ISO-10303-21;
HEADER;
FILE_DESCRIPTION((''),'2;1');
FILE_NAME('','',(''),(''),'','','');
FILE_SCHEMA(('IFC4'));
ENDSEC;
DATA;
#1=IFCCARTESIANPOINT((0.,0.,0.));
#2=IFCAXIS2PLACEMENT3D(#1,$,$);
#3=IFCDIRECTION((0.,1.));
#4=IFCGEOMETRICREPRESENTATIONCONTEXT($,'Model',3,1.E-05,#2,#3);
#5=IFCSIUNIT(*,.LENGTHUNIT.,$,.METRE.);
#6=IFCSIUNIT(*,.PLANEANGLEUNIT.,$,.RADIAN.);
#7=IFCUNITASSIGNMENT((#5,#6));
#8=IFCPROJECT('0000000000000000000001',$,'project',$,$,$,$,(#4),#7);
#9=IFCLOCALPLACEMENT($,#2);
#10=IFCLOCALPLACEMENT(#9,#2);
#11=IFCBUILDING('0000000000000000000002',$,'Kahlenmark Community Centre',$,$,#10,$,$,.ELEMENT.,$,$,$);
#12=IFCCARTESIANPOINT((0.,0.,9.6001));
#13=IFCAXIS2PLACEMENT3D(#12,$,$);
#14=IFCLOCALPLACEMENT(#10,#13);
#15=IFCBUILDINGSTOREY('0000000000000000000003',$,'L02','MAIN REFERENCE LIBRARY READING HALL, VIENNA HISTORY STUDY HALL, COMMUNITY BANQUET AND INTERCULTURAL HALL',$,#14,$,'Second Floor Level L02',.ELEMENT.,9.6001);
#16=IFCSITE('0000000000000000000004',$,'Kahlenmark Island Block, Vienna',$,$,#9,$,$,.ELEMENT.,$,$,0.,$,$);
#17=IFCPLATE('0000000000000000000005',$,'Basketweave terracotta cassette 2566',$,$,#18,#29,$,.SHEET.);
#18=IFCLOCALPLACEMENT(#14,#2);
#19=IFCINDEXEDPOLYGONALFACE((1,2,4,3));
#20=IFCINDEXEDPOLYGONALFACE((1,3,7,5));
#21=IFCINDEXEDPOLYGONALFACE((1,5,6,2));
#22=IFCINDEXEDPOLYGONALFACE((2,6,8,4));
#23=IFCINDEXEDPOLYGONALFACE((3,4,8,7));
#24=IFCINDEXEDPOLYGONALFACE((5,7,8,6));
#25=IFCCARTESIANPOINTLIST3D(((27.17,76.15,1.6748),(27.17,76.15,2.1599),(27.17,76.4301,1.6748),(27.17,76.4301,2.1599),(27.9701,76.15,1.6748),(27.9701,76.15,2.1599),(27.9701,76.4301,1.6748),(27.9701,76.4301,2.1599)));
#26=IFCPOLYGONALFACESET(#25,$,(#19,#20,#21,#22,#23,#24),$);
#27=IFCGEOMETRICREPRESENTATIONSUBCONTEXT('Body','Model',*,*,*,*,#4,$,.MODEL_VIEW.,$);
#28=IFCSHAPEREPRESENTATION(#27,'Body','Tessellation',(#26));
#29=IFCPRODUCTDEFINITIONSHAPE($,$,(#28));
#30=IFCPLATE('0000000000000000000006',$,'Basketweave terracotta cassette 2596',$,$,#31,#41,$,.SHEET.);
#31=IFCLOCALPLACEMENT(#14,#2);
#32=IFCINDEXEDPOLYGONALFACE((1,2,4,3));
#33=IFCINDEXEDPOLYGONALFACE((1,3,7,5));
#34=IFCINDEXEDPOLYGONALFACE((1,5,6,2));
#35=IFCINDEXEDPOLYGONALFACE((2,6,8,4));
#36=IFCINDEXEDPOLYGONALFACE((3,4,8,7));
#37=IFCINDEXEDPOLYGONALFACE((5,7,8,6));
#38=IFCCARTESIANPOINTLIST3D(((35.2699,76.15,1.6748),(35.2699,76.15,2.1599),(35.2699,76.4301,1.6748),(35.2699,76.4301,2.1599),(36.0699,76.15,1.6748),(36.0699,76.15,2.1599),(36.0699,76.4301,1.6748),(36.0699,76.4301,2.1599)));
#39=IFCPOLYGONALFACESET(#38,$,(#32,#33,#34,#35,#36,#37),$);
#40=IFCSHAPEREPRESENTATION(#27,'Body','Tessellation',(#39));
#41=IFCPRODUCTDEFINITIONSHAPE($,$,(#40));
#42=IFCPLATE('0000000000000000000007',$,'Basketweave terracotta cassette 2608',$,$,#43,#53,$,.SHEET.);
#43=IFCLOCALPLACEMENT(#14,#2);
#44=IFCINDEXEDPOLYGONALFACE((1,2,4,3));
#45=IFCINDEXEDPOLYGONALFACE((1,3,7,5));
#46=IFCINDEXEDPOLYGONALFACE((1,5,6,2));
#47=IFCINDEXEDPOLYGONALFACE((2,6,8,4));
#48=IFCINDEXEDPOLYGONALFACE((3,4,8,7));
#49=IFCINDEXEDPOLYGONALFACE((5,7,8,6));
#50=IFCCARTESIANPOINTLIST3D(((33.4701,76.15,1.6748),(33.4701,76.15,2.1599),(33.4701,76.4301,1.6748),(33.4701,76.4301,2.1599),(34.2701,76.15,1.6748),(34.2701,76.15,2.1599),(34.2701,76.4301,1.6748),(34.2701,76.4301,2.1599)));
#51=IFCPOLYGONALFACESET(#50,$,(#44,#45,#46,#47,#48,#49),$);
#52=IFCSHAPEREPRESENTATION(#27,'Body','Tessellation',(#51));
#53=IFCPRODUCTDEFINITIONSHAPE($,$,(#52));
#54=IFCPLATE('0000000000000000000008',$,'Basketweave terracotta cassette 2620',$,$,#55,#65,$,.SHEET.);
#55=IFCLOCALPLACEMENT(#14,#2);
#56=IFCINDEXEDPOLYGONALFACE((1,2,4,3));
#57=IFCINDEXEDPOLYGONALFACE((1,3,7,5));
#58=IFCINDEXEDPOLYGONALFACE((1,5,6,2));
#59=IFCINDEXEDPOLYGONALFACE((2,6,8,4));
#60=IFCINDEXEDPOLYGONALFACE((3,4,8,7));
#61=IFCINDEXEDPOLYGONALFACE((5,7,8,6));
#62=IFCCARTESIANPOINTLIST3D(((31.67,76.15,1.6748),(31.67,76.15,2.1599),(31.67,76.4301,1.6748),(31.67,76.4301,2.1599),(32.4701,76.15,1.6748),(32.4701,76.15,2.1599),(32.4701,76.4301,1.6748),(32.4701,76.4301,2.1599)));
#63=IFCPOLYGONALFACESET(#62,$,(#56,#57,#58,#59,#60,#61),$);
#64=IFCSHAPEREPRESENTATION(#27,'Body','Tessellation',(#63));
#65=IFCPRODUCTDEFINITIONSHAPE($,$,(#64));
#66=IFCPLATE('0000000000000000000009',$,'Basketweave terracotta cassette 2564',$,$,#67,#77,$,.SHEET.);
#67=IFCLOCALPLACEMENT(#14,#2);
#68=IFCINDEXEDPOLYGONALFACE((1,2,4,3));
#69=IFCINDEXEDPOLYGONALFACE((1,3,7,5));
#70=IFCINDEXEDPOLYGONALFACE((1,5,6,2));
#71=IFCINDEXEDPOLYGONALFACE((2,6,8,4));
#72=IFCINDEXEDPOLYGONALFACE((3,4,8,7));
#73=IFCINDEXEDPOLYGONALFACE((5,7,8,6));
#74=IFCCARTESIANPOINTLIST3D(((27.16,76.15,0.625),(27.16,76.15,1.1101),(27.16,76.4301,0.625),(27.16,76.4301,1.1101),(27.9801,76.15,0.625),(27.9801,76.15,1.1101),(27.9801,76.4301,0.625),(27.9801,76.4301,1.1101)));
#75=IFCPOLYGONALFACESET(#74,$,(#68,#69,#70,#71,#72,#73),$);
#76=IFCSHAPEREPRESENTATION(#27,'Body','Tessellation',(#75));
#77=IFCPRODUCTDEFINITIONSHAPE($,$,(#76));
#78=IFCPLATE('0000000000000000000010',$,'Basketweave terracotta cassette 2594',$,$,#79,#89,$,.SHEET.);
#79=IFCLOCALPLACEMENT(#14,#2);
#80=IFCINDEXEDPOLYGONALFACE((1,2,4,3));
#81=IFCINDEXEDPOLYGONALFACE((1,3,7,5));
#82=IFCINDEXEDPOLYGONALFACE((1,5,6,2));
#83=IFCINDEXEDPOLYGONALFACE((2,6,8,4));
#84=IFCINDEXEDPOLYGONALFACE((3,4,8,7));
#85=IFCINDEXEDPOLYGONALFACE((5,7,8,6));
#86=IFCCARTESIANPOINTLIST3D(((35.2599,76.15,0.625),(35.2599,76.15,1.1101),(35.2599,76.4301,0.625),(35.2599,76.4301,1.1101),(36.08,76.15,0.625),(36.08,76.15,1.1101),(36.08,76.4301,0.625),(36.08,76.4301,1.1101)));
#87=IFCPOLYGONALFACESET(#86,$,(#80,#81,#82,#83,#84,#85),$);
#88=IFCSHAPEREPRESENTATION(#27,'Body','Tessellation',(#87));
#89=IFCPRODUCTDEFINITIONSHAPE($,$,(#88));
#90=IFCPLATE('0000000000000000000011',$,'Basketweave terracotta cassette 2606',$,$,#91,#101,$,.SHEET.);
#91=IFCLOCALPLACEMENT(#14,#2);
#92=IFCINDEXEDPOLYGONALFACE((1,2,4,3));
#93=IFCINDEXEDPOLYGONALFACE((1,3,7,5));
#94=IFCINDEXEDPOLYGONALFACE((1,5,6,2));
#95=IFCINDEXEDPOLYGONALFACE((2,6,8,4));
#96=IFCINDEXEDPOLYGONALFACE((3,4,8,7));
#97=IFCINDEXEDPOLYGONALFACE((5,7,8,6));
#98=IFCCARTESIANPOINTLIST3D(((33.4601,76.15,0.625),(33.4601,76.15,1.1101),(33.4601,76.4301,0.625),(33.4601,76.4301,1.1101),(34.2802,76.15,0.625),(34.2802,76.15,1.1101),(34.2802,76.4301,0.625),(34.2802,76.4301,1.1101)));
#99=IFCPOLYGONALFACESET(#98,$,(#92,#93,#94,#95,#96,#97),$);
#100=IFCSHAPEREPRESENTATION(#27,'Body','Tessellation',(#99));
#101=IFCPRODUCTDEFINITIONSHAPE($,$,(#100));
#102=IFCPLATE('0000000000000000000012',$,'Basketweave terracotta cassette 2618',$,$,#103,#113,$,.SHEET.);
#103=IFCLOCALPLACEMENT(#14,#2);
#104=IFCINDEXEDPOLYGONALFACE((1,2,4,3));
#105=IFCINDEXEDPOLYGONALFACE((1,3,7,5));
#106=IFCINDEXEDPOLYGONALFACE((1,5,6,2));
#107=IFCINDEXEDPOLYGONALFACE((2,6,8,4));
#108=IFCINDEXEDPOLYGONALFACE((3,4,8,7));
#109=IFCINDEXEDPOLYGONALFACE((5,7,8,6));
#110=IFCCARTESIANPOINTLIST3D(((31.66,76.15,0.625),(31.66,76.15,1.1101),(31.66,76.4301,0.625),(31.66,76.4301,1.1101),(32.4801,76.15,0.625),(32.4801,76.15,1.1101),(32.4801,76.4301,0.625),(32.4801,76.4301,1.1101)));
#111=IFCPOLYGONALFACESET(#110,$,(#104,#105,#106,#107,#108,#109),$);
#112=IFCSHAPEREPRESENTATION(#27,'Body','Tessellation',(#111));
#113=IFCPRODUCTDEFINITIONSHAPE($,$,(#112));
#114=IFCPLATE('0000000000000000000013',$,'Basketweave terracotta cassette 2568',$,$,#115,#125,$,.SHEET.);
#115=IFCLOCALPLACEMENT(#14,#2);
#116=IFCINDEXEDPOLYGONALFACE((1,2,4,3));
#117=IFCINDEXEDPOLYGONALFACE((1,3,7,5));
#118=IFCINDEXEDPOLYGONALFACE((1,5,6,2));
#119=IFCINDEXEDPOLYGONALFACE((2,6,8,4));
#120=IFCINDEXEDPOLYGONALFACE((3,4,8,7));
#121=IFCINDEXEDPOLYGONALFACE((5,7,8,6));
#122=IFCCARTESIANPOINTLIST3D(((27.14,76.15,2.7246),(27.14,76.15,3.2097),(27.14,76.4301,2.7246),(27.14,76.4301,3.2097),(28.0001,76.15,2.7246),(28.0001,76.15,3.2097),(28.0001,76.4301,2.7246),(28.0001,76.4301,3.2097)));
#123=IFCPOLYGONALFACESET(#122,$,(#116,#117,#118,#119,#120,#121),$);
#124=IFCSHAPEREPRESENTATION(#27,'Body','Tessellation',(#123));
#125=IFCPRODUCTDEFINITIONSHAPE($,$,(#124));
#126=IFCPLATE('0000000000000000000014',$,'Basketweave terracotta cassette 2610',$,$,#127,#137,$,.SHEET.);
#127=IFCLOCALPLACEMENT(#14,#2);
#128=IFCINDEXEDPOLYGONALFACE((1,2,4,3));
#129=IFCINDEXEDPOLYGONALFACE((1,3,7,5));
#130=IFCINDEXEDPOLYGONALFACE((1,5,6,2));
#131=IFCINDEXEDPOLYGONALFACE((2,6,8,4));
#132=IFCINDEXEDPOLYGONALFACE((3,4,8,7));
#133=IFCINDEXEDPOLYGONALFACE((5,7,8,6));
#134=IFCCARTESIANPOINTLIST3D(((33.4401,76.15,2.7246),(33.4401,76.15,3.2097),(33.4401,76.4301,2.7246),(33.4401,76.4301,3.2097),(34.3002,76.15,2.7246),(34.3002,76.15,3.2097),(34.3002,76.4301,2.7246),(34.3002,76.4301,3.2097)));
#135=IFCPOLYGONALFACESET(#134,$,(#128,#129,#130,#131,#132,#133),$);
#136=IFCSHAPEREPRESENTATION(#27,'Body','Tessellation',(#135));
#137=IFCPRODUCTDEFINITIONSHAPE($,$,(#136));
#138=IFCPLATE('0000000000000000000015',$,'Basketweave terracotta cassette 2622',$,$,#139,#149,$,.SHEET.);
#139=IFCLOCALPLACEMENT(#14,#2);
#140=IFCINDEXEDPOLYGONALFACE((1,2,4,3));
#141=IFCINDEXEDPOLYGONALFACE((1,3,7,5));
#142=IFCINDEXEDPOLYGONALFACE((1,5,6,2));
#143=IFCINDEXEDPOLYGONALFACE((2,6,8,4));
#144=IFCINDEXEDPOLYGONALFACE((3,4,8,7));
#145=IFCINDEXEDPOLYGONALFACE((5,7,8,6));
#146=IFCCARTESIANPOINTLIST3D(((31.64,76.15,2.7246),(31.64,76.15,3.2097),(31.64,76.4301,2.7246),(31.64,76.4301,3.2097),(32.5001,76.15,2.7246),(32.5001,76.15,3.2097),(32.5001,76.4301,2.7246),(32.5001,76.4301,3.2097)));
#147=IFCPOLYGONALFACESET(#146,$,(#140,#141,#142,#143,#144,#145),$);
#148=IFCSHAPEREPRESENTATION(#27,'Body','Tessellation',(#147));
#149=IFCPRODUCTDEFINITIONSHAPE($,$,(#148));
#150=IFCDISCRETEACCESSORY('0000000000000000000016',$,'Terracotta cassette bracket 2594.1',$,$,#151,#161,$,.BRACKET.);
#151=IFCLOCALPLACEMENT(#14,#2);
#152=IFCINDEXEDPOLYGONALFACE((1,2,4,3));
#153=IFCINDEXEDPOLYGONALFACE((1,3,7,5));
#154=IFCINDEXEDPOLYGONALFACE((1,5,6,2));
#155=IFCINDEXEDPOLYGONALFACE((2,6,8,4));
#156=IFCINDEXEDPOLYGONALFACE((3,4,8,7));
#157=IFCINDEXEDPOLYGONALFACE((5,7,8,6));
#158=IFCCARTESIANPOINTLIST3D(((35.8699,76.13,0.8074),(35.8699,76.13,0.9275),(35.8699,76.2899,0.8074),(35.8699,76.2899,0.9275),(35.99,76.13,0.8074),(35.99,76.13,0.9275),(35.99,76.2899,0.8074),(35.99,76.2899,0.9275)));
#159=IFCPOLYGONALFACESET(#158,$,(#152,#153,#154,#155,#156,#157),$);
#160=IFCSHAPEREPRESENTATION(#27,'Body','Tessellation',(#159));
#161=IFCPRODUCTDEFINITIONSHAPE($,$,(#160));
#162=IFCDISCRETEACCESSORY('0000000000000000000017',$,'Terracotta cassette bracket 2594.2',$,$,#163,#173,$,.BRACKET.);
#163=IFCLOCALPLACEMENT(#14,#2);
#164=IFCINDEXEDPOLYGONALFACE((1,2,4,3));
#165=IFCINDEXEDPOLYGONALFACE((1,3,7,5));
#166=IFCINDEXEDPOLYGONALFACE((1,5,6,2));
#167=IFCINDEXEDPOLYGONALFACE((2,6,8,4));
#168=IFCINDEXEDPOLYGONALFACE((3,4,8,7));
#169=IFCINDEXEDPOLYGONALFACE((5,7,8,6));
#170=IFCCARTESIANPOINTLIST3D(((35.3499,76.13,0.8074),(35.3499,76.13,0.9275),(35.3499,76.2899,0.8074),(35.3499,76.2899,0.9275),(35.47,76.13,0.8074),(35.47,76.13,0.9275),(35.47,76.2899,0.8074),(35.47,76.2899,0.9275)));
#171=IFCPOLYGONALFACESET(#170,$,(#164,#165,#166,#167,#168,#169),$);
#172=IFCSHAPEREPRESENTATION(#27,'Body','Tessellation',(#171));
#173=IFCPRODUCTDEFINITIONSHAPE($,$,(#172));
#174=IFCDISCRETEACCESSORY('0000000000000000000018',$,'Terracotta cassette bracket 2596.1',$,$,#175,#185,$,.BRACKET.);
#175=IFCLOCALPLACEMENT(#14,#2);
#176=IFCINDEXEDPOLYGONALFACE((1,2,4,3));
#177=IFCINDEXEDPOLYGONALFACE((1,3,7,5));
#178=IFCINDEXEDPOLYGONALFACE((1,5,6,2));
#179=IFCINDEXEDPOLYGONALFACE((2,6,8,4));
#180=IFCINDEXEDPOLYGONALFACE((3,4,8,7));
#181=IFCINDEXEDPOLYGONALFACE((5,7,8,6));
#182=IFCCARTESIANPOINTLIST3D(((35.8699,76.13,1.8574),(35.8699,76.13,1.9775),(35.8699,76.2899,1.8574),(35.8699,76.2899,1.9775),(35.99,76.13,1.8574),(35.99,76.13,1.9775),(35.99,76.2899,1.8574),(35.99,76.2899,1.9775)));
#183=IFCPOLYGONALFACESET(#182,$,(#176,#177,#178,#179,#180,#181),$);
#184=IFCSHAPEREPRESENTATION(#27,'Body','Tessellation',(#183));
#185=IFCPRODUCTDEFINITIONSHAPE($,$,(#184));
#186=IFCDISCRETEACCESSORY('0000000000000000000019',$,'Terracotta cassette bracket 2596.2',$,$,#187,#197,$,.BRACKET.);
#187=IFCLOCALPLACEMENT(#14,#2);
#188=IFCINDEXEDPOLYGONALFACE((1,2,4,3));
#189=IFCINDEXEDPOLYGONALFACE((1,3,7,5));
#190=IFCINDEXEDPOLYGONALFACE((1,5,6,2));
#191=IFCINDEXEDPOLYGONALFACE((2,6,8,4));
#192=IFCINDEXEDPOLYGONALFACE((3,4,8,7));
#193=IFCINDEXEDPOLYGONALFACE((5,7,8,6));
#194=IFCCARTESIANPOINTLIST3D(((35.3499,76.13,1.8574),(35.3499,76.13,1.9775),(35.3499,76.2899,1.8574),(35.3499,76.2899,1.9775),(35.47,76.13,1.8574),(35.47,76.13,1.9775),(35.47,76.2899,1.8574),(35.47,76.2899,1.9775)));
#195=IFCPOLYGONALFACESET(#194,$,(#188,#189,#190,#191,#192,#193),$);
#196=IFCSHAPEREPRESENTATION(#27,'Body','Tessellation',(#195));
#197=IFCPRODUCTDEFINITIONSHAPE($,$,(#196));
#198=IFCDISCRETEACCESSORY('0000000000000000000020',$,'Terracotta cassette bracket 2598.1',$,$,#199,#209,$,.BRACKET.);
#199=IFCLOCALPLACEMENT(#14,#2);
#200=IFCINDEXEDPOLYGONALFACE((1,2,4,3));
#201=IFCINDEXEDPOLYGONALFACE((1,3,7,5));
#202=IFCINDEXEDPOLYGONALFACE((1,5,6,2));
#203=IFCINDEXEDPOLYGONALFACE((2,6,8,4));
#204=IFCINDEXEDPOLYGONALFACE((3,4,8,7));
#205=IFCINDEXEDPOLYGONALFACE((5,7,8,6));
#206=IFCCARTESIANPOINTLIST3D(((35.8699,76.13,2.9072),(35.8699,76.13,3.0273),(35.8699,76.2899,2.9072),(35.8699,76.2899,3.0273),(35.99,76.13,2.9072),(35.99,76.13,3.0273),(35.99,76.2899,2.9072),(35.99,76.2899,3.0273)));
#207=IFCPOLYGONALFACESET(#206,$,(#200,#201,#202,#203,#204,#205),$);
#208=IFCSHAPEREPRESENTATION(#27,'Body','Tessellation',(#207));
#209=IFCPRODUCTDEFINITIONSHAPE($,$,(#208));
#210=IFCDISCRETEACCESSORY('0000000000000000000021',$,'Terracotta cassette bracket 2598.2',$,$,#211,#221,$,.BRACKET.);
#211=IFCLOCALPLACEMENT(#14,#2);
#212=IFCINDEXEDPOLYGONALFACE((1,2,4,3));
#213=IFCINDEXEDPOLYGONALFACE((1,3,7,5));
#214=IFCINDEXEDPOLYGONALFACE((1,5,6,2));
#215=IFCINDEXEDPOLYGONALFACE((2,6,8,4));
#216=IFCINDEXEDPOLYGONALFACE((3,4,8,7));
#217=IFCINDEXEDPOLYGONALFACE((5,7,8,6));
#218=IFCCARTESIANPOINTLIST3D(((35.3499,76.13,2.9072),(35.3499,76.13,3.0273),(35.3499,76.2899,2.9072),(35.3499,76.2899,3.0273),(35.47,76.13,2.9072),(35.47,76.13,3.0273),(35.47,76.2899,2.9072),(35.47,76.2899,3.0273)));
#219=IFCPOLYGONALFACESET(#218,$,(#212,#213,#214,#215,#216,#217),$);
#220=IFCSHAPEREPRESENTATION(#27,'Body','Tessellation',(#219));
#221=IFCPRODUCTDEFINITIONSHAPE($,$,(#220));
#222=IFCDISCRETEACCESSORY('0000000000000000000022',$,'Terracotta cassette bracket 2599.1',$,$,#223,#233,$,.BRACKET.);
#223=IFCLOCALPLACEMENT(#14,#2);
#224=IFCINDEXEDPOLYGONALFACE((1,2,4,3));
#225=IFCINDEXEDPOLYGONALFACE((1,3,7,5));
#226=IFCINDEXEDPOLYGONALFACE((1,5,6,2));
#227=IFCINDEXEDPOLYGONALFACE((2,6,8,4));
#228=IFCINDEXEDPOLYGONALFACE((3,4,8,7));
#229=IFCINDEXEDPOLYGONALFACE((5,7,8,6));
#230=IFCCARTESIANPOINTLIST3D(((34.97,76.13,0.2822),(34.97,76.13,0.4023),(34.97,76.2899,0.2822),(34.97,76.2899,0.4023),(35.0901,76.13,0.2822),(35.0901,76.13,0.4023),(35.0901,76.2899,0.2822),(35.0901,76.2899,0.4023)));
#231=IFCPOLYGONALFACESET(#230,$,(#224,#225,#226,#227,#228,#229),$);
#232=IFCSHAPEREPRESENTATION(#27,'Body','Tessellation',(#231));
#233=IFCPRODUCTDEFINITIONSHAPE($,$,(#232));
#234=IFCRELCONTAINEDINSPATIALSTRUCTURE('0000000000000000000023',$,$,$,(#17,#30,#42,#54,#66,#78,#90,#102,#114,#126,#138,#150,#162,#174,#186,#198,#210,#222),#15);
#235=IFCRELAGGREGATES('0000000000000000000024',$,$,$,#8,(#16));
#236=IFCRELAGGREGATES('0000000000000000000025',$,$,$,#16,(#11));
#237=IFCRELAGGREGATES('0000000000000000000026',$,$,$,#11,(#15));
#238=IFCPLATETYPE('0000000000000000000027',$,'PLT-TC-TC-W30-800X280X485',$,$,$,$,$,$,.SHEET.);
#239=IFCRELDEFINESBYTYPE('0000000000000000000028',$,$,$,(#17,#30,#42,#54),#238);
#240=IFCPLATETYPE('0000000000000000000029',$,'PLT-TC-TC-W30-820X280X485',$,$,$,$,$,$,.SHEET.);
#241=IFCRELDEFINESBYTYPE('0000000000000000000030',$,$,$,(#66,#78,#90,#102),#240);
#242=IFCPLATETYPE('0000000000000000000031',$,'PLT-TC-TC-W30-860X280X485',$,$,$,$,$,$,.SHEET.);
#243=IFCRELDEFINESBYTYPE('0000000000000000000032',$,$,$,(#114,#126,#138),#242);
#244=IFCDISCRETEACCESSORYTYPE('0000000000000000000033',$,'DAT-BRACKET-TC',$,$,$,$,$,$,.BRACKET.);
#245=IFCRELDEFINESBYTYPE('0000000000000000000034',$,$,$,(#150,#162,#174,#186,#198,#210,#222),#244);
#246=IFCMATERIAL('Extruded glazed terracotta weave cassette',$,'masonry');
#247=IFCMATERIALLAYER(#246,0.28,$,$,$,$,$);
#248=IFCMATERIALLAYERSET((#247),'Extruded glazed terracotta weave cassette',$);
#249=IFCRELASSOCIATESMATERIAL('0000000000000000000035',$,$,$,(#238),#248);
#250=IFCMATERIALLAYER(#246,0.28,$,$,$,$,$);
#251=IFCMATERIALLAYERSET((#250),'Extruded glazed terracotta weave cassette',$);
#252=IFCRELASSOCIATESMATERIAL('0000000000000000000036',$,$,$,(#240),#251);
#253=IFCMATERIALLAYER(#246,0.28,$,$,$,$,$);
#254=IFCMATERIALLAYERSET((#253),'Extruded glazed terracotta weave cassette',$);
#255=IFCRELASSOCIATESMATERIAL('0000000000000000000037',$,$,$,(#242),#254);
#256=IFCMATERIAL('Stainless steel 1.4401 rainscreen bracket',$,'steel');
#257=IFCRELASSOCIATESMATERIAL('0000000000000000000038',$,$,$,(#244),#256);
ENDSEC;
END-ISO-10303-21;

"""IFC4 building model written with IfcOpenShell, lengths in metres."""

from ifc_helpers import new_model, si_unit, direction, frame, origin, origin_2d, place, context, subcontext, project, spatial, rectangle, extrude, material, layer, layer_set, type_object, element, save


model = new_model("IFC4")

# Units and contexts
model_context = context("Model", 3, precision=1e-05, world=origin(), true_north=direction((0.0, 1.0)))
body_context = subcontext(model_context, "Body", "Model", "MODEL_VIEW")
ifc_project = project(units=[si_unit("LENGTHUNIT", "METRE"), si_unit("PLANEANGLEUNIT", "RADIAN")], contexts=[model_context])

# Site, building, storey
site_placement = place(None, origin())
site = spatial("IfcSite", under=ifc_project, at=site_placement, Name="Kahlenmark Island Block, Vienna", CompositionType="ELEMENT", RefElevation=0.0)
building_placement = place(site_placement, origin())
building = spatial("IfcBuilding", under=site, at=building_placement, Name="Kahlenmark Community Centre", CompositionType="ELEMENT")
storey_placement = place(building_placement, frame((0.0, 0.0, 9.6001)))
storey = spatial("IfcBuildingStorey", under=building, at=storey_placement, Name="L02", Description="MAIN REFERENCE LIBRARY READING HALL, VIENNA HISTORY STUDY HALL, COMMUNITY BANQUET AND INTERCULTURAL HALL", LongName="Second Floor Level L02", CompositionType="ELEMENT", Elevation=9.6001)

# Plates
ifc_material_1 = material(Name="Extruded glazed terracotta weave cassette", Category="masonry")
ifc_layer_1 = layer(ifc_material_1, 0.28)
ifc_layer_set_1 = layer_set([ifc_layer_1], Name="Extruded glazed terracotta weave cassette")
plate_type_1 = type_object("IfcPlateType", Name="PLT-TC-TC-W30-800X280X485", PredefinedType="SHEET", material=ifc_layer_set_1)
for number, where, z_axis, x_axis, name in (
    (1, (27.5701, 76.29, 1.6748), (0.0, 0.0, 1.0), (-1.0, 0.0, 0.0), "Basketweave terracotta cassette 2566"),
    (2, (35.6699, 76.29, 1.6748), (0.0, 0.0, 1.0), (-1.0, 0.0, 0.0), "Basketweave terracotta cassette 2596"),
    (3, (33.8701, 76.29, 1.6748), (0.0, 0.0, 1.0), (-1.0, 0.0, 0.0), "Basketweave terracotta cassette 2608"),
    (4, (32.0701, 76.29, 1.6748), (0.0, 0.0, 1.0), (-1.0, 0.0, 0.0), "Basketweave terracotta cassette 2620"),
):
    element("IfcPlate", number, at=place(storey_placement, frame(where, z_axis=z_axis, x_axis=x_axis)), inside=storey, type_object=plate_type_1, Name=name, PredefinedType="SHEET", context=body_context, shape_type="SweptSolid", body=[
        extrude(rectangle(XDim=0.8, YDim=0.28, at=origin_2d()), origin(), (0.0, 0.0, 1.0), 0.4851),
    ])
ifc_layer_2 = layer(ifc_material_1, 0.28)
ifc_layer_set_2 = layer_set([ifc_layer_2], Name="Extruded glazed terracotta weave cassette")
plate_type_2 = type_object("IfcPlateType", Name="PLT-TC-TC-W30-820X280X485", PredefinedType="SHEET", material=ifc_layer_set_2)
for number, where, z_axis, x_axis, name in (
    (5, (27.5701, 76.29, 0.625), (0.0, 0.0, 1.0), (-1.0, 0.0, 0.0), "Basketweave terracotta cassette 2564"),
    (6, (35.6699, 76.29, 0.625), (0.0, 0.0, 1.0), (-1.0, 0.0, 0.0), "Basketweave terracotta cassette 2594"),
    (7, (33.8701, 76.29, 0.625), (0.0, 0.0, 1.0), (-1.0, 0.0, 0.0), "Basketweave terracotta cassette 2606"),
    (8, (32.0701, 76.29, 0.625), (0.0, 0.0, 1.0), (-1.0, 0.0, 0.0), "Basketweave terracotta cassette 2618"),
):
    element("IfcPlate", number, at=place(storey_placement, frame(where, z_axis=z_axis, x_axis=x_axis)), inside=storey, type_object=plate_type_2, Name=name, PredefinedType="SHEET", context=body_context, shape_type="SweptSolid", body=[
        extrude(rectangle(XDim=0.8201, YDim=0.28, at=origin_2d()), origin(), (0.0, 0.0, 1.0), 0.4851),
    ])
ifc_layer_3 = layer(ifc_material_1, 0.28)
ifc_layer_set_3 = layer_set([ifc_layer_3], Name="Extruded glazed terracotta weave cassette")
plate_type_3 = type_object("IfcPlateType", Name="PLT-TC-TC-W30-860X280X485", PredefinedType="SHEET", material=ifc_layer_set_3)
for number, where, z_axis, x_axis, name in (
    (9, (27.5701, 76.29, 2.7246), (0.0, 0.0, 1.0), (-1.0, 0.0, 0.0), "Basketweave terracotta cassette 2568"),
    (10, (33.8701, 76.29, 2.7246), (0.0, 0.0, 1.0), (-1.0, 0.0, 0.0), "Basketweave terracotta cassette 2610"),
    (11, (32.0701, 76.29, 2.7246), (0.0, 0.0, 1.0), (-1.0, 0.0, 0.0), "Basketweave terracotta cassette 2622"),
):
    element("IfcPlate", number, at=place(storey_placement, frame(where, z_axis=z_axis, x_axis=x_axis)), inside=storey, type_object=plate_type_3, Name=name, PredefinedType="SHEET", context=body_context, shape_type="SweptSolid", body=[
        extrude(rectangle(XDim=0.8601, YDim=0.28, at=origin_2d()), origin(), (0.0, 0.0, 1.0), 0.4851),
    ])

# Discrete accessories
ifc_material_2 = material(Name="Stainless steel 1.4401 rainscreen bracket", Category="steel")
discrete_accessory_type = type_object("IfcDiscreteAccessoryType", Name="DAT-BRACKET-TC", PredefinedType="BRACKET", material=ifc_material_2)
for number, where, z_axis, x_axis, name in (
    (12, (35.9299, 76.21, 0.8074), (0.0, 0.0, 1.0), (-1.0, 0.0, 0.0), "Terracotta cassette bracket 2594.1"),
    (13, (35.4099, 76.21, 0.8074), (0.0, 0.0, 1.0), (-1.0, 0.0, 0.0), "Terracotta cassette bracket 2594.2"),
    (14, (35.9299, 76.21, 1.8574), (0.0, 0.0, 1.0), (-1.0, 0.0, 0.0), "Terracotta cassette bracket 2596.1"),
    (15, (35.4099, 76.21, 1.8574), (0.0, 0.0, 1.0), (-1.0, 0.0, 0.0), "Terracotta cassette bracket 2596.2"),
    (16, (35.9299, 76.21, 2.9072), (0.0, 0.0, 1.0), (-1.0, 0.0, 0.0), "Terracotta cassette bracket 2598.1"),
    (17, (35.4099, 76.21, 2.9072), (0.0, 0.0, 1.0), (-1.0, 0.0, 0.0), "Terracotta cassette bracket 2598.2"),
    (18, (35.03, 76.21, 0.2822), (0.0, 0.0, 1.0), (-1.0, 0.0, 0.0), "Terracotta cassette bracket 2599.1"),
):
    element("IfcDiscreteAccessory", number, at=place(storey_placement, frame(where, z_axis=z_axis, x_axis=x_axis)), inside=storey, type_object=discrete_accessory_type, Name=name, PredefinedType="BRACKET", context=body_context, shape_type="SweptSolid", body=[
        extrude(rectangle(XDim=0.1201, YDim=0.1599, at=origin_2d()), origin(), (0.0, 0.0, 1.0), 0.1201),
    ])

save(model, "model.ifc")
